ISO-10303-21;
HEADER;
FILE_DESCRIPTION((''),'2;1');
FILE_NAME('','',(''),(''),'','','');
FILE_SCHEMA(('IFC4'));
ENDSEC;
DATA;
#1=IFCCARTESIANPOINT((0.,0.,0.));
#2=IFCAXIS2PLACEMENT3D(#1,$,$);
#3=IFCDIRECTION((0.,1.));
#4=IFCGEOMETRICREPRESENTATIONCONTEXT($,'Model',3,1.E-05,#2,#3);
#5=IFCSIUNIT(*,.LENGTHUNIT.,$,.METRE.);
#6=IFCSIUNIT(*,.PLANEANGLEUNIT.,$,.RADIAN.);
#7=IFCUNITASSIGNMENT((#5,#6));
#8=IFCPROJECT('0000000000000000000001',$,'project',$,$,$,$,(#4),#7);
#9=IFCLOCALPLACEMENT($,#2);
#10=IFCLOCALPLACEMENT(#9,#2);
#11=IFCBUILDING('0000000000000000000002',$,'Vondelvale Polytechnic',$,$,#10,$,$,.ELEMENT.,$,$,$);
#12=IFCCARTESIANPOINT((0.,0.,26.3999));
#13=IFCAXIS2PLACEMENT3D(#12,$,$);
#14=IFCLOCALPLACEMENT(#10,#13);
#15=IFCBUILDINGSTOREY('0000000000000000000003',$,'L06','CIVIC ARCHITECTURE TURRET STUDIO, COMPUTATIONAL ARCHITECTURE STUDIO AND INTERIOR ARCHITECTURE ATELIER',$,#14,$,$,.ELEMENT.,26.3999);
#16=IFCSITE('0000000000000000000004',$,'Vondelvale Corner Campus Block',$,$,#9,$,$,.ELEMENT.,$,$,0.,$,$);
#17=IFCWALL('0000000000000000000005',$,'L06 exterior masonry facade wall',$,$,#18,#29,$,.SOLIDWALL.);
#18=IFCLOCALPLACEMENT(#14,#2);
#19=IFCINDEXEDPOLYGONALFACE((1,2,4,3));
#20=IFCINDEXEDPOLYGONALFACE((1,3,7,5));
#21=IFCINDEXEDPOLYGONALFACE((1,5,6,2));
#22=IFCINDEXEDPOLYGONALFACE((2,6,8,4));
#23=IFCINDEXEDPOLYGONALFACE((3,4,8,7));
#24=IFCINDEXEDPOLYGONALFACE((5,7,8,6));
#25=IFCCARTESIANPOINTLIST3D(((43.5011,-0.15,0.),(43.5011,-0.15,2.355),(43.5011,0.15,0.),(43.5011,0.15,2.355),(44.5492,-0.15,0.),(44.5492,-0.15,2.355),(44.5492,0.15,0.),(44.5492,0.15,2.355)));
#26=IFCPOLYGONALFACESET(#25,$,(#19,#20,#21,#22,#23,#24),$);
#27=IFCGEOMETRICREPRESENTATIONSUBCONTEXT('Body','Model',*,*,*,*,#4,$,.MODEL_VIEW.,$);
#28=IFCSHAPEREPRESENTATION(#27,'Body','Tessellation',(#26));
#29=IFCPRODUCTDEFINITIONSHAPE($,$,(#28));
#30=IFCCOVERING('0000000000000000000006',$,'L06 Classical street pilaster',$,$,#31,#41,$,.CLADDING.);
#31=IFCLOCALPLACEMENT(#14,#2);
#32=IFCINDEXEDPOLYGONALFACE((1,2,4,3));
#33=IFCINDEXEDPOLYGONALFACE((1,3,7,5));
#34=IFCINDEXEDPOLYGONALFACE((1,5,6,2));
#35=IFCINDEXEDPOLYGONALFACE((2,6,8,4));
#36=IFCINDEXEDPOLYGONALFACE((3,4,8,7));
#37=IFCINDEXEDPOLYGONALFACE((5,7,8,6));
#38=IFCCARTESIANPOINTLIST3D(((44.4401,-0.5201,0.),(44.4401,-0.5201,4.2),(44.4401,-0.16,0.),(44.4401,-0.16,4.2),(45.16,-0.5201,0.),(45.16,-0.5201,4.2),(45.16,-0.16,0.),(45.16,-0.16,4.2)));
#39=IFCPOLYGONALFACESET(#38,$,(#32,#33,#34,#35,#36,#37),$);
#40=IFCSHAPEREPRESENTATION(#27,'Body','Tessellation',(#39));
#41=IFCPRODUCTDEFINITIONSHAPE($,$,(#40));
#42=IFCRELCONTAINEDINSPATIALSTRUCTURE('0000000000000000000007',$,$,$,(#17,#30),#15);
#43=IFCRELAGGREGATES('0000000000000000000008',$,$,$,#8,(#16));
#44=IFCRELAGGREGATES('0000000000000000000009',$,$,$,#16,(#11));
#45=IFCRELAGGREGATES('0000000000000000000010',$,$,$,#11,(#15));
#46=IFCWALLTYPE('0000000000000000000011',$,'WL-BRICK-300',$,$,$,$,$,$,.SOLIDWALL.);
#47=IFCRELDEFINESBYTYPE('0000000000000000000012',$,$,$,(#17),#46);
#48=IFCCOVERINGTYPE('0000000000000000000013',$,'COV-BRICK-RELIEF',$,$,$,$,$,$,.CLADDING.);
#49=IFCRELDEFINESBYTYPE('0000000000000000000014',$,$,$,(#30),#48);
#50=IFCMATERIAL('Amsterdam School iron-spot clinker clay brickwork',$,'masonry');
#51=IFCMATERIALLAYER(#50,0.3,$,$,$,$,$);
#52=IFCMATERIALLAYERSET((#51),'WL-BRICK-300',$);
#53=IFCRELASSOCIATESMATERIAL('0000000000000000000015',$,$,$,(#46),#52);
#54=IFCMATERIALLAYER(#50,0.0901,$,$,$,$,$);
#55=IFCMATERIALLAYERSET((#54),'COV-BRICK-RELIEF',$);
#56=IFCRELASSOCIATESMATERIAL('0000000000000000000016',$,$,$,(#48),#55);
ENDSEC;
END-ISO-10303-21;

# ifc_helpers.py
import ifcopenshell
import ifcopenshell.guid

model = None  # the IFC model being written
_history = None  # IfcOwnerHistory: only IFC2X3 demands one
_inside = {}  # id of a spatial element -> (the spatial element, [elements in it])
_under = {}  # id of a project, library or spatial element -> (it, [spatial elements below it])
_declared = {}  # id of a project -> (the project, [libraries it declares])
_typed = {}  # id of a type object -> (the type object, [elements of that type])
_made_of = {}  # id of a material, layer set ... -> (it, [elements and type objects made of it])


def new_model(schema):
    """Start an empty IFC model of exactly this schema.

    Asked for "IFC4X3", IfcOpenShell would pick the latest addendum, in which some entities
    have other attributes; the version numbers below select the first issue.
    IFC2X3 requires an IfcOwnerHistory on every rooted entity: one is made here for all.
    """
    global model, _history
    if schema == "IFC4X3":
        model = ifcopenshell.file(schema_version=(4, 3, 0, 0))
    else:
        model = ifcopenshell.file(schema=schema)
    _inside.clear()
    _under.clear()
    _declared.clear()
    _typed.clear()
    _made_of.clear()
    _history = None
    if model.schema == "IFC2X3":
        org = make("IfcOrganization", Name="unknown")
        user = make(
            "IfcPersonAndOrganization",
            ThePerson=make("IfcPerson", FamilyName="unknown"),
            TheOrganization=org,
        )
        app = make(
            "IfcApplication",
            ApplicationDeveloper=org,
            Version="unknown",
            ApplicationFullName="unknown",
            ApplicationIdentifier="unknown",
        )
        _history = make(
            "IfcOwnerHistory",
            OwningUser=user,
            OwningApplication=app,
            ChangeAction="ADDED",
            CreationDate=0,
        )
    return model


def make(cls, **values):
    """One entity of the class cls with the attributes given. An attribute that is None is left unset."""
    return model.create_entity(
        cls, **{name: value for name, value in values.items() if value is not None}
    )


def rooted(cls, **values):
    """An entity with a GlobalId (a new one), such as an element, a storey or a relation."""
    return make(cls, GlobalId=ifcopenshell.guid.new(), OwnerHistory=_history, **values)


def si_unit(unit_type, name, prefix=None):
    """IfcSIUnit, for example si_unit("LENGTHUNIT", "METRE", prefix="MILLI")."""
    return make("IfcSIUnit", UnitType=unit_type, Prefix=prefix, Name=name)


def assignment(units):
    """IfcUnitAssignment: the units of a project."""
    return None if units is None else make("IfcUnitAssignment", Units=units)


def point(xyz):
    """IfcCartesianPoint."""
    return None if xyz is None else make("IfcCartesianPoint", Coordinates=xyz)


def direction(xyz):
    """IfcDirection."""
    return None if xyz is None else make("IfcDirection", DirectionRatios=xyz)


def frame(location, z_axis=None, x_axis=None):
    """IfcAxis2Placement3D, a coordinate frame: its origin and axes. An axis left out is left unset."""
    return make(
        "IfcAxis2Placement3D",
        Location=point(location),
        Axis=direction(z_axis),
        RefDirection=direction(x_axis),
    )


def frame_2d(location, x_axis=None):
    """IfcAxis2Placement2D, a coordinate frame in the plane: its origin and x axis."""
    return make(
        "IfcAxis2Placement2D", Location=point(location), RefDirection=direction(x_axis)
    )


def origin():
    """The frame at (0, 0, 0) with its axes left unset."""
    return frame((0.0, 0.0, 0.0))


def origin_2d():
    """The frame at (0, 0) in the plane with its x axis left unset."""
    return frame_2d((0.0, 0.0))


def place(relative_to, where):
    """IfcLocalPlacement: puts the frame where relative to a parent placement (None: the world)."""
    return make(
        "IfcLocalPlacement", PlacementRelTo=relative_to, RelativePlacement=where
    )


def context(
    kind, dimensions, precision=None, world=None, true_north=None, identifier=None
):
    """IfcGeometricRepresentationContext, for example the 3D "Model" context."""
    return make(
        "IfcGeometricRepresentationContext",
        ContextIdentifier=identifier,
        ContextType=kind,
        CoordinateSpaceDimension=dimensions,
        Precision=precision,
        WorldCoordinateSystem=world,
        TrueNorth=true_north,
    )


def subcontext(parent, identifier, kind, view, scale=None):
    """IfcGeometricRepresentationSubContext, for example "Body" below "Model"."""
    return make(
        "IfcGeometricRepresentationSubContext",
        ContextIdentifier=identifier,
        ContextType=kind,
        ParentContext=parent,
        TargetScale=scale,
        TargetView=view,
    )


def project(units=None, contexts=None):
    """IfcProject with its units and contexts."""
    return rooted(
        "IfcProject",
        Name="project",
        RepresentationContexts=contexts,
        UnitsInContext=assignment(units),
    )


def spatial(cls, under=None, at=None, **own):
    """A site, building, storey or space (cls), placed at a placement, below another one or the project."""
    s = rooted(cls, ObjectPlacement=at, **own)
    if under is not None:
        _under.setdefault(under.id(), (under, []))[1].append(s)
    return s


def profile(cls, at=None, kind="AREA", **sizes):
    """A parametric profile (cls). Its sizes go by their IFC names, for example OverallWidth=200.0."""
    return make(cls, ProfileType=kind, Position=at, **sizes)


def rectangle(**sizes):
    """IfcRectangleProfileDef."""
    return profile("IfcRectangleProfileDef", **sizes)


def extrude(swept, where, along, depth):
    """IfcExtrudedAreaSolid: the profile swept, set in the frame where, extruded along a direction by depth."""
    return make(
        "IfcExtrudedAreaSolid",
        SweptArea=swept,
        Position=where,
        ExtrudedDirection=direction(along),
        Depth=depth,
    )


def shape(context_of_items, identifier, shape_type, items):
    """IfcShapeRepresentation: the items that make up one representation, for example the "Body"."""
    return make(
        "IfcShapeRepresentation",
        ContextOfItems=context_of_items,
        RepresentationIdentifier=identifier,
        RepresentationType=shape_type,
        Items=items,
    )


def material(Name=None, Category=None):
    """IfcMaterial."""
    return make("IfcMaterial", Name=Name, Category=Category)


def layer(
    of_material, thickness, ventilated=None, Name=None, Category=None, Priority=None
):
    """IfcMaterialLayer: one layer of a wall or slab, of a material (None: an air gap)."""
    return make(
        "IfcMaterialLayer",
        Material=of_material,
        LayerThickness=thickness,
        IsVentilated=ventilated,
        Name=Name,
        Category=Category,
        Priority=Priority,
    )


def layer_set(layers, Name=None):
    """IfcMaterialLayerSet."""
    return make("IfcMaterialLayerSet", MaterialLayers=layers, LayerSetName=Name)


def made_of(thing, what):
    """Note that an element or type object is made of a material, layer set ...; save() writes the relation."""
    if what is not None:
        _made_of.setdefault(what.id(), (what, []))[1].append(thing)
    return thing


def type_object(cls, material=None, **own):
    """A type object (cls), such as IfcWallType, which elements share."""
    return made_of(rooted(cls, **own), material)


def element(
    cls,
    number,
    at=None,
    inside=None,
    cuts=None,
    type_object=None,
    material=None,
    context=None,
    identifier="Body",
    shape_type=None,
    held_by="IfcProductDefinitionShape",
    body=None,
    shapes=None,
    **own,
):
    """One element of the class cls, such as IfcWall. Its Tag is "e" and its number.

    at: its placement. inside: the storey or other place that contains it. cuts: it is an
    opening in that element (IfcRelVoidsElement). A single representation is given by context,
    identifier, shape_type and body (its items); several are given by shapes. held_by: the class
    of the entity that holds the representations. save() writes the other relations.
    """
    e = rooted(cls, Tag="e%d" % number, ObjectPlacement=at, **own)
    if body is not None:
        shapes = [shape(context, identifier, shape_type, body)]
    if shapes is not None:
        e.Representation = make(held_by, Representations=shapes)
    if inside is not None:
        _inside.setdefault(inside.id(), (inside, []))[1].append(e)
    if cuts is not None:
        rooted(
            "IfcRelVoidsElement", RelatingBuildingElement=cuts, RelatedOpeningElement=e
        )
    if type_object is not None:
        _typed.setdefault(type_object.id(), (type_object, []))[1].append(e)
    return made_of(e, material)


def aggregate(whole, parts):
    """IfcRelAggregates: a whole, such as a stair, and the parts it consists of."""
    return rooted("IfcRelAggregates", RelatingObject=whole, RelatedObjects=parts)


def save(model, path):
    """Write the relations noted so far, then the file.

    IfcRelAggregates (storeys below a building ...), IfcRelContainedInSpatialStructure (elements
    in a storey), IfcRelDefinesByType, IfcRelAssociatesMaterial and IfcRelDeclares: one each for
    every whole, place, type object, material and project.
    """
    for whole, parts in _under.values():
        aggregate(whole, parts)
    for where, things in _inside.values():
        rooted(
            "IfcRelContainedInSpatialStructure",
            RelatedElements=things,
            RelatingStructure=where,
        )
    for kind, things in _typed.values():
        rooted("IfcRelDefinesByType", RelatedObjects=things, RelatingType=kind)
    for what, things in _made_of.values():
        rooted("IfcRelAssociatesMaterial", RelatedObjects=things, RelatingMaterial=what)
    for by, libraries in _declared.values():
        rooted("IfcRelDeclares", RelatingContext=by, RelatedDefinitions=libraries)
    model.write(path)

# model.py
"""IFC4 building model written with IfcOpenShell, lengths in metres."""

from ifc_helpers import new_model, si_unit, direction, frame, frame_2d, origin, origin_2d, place, context, subcontext, project, spatial, rectangle, extrude, material, layer, layer_set, type_object, element, save


model = new_model("IFC4")

# Units and contexts
model_context = context("Model", 3, precision=1e-05, world=origin(), true_north=direction((0.0, 1.0)))
body_context = subcontext(model_context, "Body", "Model", "MODEL_VIEW")
ifc_project = project(units=[si_unit("LENGTHUNIT", "METRE"), si_unit("PLANEANGLEUNIT", "RADIAN")], contexts=[model_context])

# Site, building, storey
site_placement = place(None, origin())
site = spatial("IfcSite", under=ifc_project, at=site_placement, Name="Vondelvale Corner Campus Block", CompositionType="ELEMENT", RefElevation=0.0)
building_placement = place(site_placement, origin())
building = spatial("IfcBuilding", under=site, at=building_placement, Name="Vondelvale Polytechnic", CompositionType="ELEMENT")
storey_placement = place(building_placement, frame((0.0, 0.0, 26.3999)))
storey = spatial("IfcBuildingStorey", under=building, at=storey_placement, Name="L06", Description="CIVIC ARCHITECTURE TURRET STUDIO, COMPUTATIONAL ARCHITECTURE STUDIO AND INTERIOR ARCHITECTURE ATELIER", CompositionType="ELEMENT", Elevation=26.3999)

# Wall
ifc_material_1 = material(Name="Amsterdam School iron-spot clinker clay brickwork", Category="masonry")
ifc_layer_1 = layer(ifc_material_1, 0.3)
ifc_layer_set_1 = layer_set([ifc_layer_1], Name="WL-BRICK-300")
wall_type = type_object("IfcWallType", Name="WL-BRICK-300", PredefinedType="SOLIDWALL", material=ifc_layer_set_1)
wall_placement = place(storey_placement, frame((44.5491, 0.0, 0.0), z_axis=(0.0, 0.0, 1.0), x_axis=(-1.0, 0.0, 0.0)))
element("IfcWall", 1, at=wall_placement, inside=storey, type_object=wall_type, Name="L06 exterior masonry facade wall", PredefinedType="SOLIDWALL", context=body_context, shape_type="SweptSolid", body=[
    extrude(rectangle(XDim=1.0481, YDim=0.3, at=frame_2d((0.5239, 0.0))), origin(), (0.0, 0.0, 1.0), 2.355),
])

# Covering
ifc_layer_2 = layer(ifc_material_1, 0.0901)
ifc_layer_set_2 = layer_set([ifc_layer_2], Name="COV-BRICK-RELIEF")
covering_type = type_object("IfcCoveringType", Name="COV-BRICK-RELIEF", PredefinedType="CLADDING", material=ifc_layer_set_2)
covering_placement = place(storey_placement, frame((44.8, -0.3401, 0.0), z_axis=(0.0, 0.0, 1.0), x_axis=(1.0, 0.0, 0.0)))
element("IfcCovering", 2, at=covering_placement, inside=storey, type_object=covering_type, Name="L06 Classical street pilaster", PredefinedType="CLADDING", context=body_context, shape_type="SweptSolid", body=[
    extrude(rectangle(XDim=0.72, YDim=0.3601, at=origin_2d()), origin(), (0.0, 0.0, 1.0), 4.2),
])

save(model, "model.ifc")
